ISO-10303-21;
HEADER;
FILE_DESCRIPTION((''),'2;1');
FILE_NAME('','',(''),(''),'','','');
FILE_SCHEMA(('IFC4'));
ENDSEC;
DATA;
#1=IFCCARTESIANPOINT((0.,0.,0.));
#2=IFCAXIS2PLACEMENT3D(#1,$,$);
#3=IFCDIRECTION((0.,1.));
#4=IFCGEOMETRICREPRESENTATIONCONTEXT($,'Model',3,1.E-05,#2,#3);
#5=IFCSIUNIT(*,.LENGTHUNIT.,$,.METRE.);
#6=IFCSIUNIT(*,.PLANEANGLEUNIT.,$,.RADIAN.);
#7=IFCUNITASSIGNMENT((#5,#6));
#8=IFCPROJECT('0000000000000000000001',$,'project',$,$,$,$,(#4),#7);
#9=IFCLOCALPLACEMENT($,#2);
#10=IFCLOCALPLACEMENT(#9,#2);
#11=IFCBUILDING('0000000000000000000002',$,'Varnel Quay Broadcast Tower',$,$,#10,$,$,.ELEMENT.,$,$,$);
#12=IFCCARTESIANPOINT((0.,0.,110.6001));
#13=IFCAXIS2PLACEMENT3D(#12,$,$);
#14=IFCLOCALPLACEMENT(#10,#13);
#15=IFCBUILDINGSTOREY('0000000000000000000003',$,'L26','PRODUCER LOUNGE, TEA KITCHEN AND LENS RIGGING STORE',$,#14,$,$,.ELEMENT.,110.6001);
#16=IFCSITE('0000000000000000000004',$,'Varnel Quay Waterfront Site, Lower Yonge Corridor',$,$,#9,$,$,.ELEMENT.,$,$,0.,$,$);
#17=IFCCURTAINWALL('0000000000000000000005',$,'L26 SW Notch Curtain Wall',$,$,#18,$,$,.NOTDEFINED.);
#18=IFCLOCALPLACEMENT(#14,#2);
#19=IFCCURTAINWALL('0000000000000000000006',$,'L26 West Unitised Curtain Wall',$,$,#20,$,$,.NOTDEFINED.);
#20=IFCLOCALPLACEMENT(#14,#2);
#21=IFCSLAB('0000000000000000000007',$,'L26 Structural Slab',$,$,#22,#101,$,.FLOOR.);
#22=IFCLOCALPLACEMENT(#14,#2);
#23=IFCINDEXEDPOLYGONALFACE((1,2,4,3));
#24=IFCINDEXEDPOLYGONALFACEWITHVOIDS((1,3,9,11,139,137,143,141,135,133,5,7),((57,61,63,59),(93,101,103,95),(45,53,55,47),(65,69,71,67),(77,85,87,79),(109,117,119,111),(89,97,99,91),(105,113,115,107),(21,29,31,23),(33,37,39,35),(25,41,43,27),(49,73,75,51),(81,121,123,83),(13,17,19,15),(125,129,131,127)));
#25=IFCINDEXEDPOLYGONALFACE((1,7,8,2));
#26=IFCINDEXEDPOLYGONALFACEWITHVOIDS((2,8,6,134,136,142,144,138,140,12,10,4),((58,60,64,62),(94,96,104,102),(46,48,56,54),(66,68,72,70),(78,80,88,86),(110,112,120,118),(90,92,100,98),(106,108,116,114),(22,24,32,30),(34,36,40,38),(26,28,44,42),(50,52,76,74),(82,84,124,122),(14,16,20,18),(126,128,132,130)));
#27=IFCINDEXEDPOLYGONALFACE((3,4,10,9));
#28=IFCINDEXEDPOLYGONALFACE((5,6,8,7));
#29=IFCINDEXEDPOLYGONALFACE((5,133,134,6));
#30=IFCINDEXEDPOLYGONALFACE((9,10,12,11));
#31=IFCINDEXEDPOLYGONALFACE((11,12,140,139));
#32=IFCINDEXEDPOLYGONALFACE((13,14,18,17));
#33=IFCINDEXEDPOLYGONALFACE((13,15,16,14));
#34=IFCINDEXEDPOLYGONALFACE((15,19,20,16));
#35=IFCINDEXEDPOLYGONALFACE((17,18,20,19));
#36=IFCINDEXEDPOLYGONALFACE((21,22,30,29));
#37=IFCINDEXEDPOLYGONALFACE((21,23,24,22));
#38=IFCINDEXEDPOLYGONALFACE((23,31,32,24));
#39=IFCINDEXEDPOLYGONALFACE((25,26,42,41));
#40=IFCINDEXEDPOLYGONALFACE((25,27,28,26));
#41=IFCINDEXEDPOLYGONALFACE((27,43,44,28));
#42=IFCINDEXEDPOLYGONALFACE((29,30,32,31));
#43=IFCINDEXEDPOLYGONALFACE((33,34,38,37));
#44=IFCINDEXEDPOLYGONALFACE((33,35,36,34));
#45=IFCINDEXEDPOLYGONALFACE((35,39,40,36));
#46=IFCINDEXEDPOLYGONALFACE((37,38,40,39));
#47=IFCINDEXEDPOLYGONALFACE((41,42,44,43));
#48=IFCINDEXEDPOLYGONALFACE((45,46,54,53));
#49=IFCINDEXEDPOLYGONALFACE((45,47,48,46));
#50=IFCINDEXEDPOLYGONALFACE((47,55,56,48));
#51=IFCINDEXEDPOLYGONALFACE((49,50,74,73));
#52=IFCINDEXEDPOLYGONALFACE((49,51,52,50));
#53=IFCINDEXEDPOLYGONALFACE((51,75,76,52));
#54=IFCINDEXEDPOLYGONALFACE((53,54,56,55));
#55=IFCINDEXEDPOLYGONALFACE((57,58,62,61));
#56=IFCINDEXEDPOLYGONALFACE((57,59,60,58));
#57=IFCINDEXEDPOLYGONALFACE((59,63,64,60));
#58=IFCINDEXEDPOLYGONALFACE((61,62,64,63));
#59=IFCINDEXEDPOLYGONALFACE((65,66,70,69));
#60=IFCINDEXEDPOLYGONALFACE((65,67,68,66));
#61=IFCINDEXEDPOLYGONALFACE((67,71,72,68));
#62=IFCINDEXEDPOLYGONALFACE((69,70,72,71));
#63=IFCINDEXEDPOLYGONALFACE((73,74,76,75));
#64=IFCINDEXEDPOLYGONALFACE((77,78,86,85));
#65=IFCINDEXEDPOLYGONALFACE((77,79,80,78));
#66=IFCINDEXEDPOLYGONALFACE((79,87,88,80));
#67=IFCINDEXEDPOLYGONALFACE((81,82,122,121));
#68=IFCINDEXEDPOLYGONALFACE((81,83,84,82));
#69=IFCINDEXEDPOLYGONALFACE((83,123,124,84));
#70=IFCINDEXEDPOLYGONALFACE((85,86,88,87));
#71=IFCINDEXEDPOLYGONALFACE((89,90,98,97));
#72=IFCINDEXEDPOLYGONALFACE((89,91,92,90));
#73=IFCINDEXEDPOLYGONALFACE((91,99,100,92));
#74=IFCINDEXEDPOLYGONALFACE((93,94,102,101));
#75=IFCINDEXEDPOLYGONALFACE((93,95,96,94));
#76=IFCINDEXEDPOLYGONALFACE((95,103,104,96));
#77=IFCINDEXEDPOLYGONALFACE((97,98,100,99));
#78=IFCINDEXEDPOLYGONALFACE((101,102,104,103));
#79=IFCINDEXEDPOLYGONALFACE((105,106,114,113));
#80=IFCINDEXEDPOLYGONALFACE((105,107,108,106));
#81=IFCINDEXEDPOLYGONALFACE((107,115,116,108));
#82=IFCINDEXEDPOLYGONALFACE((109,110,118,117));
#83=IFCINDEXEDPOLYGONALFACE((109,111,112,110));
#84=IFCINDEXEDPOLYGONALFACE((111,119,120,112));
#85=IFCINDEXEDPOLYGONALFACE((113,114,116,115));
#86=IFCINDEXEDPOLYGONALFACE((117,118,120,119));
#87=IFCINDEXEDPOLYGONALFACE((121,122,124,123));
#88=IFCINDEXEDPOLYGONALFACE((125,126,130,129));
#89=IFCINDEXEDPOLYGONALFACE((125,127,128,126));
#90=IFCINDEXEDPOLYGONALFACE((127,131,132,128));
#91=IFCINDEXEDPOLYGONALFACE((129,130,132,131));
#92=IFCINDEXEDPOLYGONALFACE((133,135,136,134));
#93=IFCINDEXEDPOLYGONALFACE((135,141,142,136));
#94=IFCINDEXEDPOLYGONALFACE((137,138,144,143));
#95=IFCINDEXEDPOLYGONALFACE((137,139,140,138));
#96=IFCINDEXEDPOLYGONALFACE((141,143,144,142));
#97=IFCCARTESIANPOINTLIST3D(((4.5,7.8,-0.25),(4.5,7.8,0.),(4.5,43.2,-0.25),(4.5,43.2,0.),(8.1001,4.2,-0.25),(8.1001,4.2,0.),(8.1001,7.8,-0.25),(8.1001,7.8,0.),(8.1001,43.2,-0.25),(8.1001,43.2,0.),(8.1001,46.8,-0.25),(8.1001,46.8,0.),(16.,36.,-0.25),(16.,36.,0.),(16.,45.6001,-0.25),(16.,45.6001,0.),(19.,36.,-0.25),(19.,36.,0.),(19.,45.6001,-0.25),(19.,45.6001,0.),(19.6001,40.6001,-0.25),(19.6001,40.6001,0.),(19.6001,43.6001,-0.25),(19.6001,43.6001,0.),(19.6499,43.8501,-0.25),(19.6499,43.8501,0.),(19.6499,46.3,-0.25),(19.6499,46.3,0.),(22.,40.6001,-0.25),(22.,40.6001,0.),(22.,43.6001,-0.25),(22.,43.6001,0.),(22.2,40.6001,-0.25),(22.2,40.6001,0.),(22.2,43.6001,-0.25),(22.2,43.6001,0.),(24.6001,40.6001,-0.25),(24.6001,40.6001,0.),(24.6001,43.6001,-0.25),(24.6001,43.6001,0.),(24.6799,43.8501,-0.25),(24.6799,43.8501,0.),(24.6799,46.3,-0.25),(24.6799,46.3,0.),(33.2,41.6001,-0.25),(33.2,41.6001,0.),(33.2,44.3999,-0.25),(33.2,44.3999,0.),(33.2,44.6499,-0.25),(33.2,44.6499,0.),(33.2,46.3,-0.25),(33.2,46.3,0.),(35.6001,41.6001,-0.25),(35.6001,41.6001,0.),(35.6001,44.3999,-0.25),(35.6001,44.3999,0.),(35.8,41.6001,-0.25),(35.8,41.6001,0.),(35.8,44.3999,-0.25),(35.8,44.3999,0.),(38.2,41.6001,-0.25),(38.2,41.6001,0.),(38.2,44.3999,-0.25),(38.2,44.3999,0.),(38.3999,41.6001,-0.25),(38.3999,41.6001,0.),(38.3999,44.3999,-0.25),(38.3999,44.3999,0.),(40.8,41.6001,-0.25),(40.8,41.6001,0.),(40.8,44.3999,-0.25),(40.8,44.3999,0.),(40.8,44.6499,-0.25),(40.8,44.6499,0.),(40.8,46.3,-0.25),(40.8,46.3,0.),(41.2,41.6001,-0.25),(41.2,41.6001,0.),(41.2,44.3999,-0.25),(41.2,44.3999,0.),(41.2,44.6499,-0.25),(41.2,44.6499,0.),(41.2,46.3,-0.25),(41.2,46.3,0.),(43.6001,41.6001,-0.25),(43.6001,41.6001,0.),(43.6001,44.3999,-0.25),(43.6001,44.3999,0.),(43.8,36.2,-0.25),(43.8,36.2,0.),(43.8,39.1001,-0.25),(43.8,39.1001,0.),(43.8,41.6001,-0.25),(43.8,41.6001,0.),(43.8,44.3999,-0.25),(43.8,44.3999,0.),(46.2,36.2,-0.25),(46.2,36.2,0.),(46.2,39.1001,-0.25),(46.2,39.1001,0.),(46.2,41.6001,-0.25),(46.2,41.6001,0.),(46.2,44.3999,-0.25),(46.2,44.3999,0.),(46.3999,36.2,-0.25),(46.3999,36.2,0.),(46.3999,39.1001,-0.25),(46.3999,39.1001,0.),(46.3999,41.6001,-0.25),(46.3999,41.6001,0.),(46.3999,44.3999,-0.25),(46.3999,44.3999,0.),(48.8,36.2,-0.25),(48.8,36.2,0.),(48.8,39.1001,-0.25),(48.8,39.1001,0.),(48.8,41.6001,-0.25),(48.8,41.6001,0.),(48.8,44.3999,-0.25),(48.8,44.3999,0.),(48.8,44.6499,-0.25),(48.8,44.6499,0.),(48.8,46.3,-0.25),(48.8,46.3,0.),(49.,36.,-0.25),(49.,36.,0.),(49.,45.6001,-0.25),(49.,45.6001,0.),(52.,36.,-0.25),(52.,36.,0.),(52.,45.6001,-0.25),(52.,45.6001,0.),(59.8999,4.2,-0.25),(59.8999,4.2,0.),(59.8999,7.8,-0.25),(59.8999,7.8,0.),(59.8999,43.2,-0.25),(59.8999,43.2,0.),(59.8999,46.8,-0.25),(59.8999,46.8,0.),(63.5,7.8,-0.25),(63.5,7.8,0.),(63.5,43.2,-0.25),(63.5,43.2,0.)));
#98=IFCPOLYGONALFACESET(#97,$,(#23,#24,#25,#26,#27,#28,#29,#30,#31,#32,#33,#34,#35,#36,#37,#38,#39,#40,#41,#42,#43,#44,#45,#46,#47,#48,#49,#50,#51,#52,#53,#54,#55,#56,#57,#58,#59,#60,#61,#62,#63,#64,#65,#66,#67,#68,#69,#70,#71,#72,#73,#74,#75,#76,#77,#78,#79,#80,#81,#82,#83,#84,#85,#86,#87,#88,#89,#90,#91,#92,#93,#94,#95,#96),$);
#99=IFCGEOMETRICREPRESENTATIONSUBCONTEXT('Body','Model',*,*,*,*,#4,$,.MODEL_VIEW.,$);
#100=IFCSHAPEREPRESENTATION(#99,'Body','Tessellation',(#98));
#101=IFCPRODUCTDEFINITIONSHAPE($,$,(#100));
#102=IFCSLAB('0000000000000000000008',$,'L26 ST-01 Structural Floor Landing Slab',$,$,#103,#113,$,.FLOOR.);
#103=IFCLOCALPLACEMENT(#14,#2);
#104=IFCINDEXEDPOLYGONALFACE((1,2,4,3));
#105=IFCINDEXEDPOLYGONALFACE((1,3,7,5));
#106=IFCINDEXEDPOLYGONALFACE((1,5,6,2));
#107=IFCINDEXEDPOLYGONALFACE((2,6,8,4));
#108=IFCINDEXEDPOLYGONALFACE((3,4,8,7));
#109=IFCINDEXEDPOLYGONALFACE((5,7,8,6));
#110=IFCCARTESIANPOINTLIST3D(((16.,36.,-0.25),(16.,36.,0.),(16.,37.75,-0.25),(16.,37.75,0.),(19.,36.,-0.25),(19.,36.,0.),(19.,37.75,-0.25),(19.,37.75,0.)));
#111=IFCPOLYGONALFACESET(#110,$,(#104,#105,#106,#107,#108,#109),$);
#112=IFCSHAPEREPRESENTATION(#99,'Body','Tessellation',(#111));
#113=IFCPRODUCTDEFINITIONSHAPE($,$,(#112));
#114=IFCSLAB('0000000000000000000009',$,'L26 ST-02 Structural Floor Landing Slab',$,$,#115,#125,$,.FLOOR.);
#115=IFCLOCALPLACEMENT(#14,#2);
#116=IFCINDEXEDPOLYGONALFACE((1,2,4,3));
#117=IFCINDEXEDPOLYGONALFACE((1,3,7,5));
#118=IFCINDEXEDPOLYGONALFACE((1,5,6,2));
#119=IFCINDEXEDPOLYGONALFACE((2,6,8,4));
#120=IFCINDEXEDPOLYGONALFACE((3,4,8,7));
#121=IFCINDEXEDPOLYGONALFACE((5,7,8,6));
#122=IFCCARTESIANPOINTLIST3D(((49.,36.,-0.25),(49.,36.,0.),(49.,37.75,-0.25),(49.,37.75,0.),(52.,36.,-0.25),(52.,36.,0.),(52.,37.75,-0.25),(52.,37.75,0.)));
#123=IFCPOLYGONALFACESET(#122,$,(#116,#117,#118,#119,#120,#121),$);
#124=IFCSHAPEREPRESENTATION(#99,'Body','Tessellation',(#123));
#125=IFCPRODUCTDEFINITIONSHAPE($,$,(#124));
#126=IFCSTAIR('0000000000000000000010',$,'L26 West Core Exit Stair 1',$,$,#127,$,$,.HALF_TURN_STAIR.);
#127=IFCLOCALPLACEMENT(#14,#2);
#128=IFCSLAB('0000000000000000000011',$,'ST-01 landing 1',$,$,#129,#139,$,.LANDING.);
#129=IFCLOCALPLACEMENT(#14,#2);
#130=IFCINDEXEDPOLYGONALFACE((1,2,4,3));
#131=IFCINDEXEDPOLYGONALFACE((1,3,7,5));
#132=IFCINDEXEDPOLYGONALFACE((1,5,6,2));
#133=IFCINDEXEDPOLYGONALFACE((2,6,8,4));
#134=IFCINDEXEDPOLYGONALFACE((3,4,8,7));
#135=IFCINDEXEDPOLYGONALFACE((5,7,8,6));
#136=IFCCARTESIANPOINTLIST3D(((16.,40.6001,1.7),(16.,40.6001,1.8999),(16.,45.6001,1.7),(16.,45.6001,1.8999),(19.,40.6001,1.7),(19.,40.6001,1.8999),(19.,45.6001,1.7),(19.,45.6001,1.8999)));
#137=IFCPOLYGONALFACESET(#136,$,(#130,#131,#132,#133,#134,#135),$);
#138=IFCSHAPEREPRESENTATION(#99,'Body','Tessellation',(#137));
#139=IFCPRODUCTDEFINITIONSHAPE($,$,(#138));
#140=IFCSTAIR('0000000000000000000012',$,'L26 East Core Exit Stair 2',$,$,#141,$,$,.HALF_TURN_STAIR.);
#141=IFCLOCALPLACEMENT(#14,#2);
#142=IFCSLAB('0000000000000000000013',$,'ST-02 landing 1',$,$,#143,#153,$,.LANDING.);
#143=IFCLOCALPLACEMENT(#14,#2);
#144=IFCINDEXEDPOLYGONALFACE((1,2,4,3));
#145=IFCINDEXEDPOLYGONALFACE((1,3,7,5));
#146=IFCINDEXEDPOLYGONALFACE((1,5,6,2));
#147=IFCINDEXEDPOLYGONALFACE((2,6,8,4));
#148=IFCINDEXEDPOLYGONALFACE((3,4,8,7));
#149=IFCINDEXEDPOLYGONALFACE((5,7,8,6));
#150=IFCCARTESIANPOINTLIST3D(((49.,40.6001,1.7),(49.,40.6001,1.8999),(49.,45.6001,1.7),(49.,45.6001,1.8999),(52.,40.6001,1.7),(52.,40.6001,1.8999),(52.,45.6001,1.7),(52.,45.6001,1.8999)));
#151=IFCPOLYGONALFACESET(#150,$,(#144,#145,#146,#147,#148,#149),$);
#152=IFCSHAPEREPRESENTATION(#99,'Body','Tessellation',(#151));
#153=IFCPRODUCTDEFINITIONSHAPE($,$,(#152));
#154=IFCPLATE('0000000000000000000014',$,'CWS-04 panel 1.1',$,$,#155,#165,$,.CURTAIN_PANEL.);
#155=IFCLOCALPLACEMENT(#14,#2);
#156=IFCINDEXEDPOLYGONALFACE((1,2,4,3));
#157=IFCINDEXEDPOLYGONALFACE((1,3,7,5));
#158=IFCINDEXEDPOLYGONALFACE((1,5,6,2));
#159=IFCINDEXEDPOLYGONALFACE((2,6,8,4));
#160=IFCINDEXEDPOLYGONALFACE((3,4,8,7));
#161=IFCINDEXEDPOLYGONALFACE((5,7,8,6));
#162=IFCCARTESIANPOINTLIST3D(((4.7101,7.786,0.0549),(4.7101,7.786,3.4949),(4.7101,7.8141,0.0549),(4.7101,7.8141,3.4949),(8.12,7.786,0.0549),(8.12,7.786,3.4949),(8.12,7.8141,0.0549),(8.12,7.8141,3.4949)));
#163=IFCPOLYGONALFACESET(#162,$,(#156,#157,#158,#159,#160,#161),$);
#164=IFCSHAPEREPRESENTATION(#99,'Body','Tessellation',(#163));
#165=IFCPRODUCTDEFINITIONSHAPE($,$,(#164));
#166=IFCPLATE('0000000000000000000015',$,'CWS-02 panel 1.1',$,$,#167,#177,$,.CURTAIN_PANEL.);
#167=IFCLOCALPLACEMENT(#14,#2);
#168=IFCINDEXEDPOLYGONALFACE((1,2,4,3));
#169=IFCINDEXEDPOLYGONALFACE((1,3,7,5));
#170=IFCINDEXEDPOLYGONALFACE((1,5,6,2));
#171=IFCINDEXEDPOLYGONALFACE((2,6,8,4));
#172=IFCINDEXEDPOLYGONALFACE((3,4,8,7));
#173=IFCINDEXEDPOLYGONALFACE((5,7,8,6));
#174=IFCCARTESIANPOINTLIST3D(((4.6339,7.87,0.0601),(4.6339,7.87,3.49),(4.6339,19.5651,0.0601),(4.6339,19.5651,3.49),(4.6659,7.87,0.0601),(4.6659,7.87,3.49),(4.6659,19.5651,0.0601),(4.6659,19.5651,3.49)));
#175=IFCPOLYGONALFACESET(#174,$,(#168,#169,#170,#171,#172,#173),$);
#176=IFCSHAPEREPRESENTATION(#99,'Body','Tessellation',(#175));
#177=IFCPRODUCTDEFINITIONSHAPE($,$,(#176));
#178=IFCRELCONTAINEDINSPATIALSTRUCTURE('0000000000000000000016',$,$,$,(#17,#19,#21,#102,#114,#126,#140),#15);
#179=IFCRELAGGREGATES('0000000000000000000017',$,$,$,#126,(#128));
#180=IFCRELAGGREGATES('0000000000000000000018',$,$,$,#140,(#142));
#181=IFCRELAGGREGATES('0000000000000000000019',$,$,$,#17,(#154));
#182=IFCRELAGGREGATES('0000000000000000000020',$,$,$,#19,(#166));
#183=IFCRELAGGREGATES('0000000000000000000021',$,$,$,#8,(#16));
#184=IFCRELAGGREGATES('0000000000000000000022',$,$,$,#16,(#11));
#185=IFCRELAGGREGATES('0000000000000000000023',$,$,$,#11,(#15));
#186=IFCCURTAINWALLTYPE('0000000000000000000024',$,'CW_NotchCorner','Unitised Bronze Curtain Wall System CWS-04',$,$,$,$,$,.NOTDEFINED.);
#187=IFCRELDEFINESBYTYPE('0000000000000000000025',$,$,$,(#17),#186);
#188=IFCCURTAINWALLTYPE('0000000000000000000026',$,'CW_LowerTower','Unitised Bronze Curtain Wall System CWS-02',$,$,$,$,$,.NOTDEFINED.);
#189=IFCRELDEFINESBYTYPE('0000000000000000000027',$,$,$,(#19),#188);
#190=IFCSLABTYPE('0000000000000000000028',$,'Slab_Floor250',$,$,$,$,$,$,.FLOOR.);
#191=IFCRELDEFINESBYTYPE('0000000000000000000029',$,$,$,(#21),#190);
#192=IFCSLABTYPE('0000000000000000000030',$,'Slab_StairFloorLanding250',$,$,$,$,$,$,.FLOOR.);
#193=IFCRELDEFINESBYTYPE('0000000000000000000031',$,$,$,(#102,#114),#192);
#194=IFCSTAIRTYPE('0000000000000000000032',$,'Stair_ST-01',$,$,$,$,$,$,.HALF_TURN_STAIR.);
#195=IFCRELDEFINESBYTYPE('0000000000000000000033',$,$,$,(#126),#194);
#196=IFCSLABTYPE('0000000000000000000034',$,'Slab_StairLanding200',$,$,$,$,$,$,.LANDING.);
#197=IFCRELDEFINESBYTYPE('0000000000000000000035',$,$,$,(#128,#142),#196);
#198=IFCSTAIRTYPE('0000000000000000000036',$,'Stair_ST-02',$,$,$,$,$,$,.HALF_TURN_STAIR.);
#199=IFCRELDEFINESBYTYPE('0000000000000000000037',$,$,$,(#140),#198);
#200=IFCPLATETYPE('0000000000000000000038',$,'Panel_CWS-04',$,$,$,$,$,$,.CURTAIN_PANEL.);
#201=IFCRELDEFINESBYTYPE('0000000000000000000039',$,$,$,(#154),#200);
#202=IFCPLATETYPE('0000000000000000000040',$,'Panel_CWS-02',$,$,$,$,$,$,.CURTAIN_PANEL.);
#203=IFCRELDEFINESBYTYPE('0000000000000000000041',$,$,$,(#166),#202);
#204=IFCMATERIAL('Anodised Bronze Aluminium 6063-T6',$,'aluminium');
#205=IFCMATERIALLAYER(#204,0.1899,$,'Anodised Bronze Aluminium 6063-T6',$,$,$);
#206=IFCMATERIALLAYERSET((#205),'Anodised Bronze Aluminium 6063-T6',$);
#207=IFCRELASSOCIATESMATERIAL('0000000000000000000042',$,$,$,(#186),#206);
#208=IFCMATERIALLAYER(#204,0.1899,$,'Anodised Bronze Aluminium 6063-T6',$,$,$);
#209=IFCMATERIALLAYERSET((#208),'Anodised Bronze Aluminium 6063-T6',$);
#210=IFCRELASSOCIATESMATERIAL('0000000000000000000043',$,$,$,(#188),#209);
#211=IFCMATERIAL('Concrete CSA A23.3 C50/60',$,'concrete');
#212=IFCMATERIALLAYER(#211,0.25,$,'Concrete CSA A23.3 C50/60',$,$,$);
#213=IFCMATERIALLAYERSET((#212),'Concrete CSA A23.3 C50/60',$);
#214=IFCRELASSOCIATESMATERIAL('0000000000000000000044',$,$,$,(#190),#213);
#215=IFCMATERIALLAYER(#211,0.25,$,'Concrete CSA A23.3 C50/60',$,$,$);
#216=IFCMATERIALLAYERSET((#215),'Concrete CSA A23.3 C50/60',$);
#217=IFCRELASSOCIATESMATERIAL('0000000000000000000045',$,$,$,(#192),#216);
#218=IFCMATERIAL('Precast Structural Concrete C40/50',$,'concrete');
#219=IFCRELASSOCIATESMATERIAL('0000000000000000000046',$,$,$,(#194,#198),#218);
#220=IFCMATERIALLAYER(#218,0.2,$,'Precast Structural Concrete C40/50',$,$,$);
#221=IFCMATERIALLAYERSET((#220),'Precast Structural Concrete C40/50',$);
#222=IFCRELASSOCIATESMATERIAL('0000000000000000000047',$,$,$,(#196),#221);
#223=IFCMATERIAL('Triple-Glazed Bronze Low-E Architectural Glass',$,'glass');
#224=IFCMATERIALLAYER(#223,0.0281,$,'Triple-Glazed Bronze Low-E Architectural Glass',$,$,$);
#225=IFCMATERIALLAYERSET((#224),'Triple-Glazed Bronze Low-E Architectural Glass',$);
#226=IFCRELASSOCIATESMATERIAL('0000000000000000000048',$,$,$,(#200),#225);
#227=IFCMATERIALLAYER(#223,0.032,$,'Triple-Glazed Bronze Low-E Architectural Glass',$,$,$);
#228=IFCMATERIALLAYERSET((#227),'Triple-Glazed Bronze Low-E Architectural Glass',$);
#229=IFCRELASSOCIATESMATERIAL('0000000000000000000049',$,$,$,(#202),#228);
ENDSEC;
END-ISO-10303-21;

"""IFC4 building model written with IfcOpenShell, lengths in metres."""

from ifc_helpers import new_model, si_unit, direction, frame, origin, origin_2d, place, context, subcontext, project, spatial, polyline, rectangle, outline, extrude, source, transform, mapped, material, layer, layer_set, type_object, type_shapes, element, aggregate, save


model = new_model("IFC4")

# Units and contexts
model_context = context("Model", 3, precision=1e-05, world=origin(), true_north=direction((0.0, 1.0)))
body_context = subcontext(model_context, "Body", "Model", "MODEL_VIEW")
ifc_project = project(units=[si_unit("LENGTHUNIT", "METRE"), si_unit("PLANEANGLEUNIT", "RADIAN")], contexts=[model_context])

# Site, building, storey
site_placement = place(None, origin())
site = spatial("IfcSite", under=ifc_project, at=site_placement, Name="Varnel Quay Waterfront Site, Lower Yonge Corridor", CompositionType="ELEMENT", RefElevation=0.0)
building_placement = place(site_placement, origin())
building = spatial("IfcBuilding", under=site, at=building_placement, Name="Varnel Quay Broadcast Tower", CompositionType="ELEMENT")
storey_placement = place(building_placement, frame((0.0, 0.0, 110.6001)))
storey = spatial("IfcBuildingStorey", under=building, at=storey_placement, Name="L26", Description="PRODUCER LOUNGE, TEA KITCHEN AND LENS RIGGING STORE", CompositionType="ELEMENT", Elevation=110.6001)

# Curtain walls
ifc_material_1 = material(Name="Anodised Bronze Aluminium 6063-T6", Category="aluminium")
ifc_layer_1 = layer(ifc_material_1, 0.1899, Name="Anodised Bronze Aluminium 6063-T6")
ifc_layer_set_1 = layer_set([ifc_layer_1], Name="Anodised Bronze Aluminium 6063-T6")
curtain_wall_type_1 = type_object("IfcCurtainWallType", Name="CW_NotchCorner", Description="Unitised Bronze Curtain Wall System CWS-04", PredefinedType="NOTDEFINED", material=ifc_layer_set_1)
curtain_wall_1_placement = place(storey_placement, origin())
curtain_wall_1 = element("IfcCurtainWall", 1, at=curtain_wall_1_placement, inside=storey, type_object=curtain_wall_type_1, Name="L26 SW Notch Curtain Wall", PredefinedType="NOTDEFINED")
ifc_layer_2 = layer(ifc_material_1, 0.1899, Name="Anodised Bronze Aluminium 6063-T6")
ifc_layer_set_2 = layer_set([ifc_layer_2], Name="Anodised Bronze Aluminium 6063-T6")
curtain_wall_type_2 = type_object("IfcCurtainWallType", Name="CW_LowerTower", Description="Unitised Bronze Curtain Wall System CWS-02", PredefinedType="NOTDEFINED", material=ifc_layer_set_2)
curtain_wall_2_placement = place(storey_placement, origin())
curtain_wall_2 = element("IfcCurtainWall", 2, at=curtain_wall_2_placement, inside=storey, type_object=curtain_wall_type_2, Name="L26 West Unitised Curtain Wall", PredefinedType="NOTDEFINED")

# Slabs
ifc_material_2 = material(Name="Concrete CSA A23.3 C50/60", Category="concrete")
ifc_layer_3 = layer(ifc_material_2, 0.25, Name="Concrete CSA A23.3 C50/60")
ifc_layer_set_3 = layer_set([ifc_layer_3], Name="Concrete CSA A23.3 C50/60")
slab_type_1 = type_object("IfcSlabType", Name="Slab_Floor250", PredefinedType="FLOOR", material=ifc_layer_set_3)
slab_1_placement = place(storey_placement, frame((0.0, 0.0, -0.25)))
element("IfcSlab", 3, at=slab_1_placement, inside=storey, type_object=slab_type_1, Name="L26 Structural Slab", PredefinedType="FLOOR", context=body_context, shape_type="SweptSolid", body=[
    extrude(outline(polyline([(8.1001, 4.2), (59.8999, 4.2), (59.8999, 7.8), (63.5, 7.8), (63.5, 43.2), (59.8999, 43.2), (59.8999, 46.8), (8.1001, 46.8), (8.1001, 43.2), (4.5, 43.2), (4.5, 7.8), (8.1001, 7.8), (8.1001, 4.2)]), holes=[polyline([(19.0, 36.0), (16.0, 36.0), (16.0, 45.6001), (19.0, 45.6001), (19.0, 36.0)]), polyline([(19.6001, 43.6001), (22.0, 43.6001), (22.0, 40.6001), (19.6001, 40.6001), (19.6001, 43.6001)]), polyline([(22.2, 43.6001), (24.6001, 43.6001), (24.6001, 40.6001), (22.2, 40.6001), (22.2, 43.6001)]), polyline([(33.2, 44.3999), (35.6001, 44.3999), (35.6001, 41.6001), (33.2, 41.6001), (33.2, 44.3999)]), polyline([(35.8, 44.3999), (38.2, 44.3999), (38.2, 41.6001), (35.8, 41.6001), (35.8, 44.3999)]), polyline([(38.3999, 44.3999), (40.8, 44.3999), (40.8, 41.6001), (38.3999, 41.6001), (38.3999, 44.3999)]), polyline([(19.6499, 46.3), (24.6799, 46.3), (24.6799, 43.8501), (19.6499, 43.8501), (19.6499, 46.3)]), polyline([(33.2, 46.3), (40.8, 46.3), (40.8, 44.6499), (33.2, 44.6499), (33.2, 46.3)]), polyline([(43.8, 39.1001), (46.2, 39.1001), (46.2, 36.2), (43.8, 36.2), (43.8, 39.1001)]), polyline([(46.3999, 39.1001), (48.8, 39.1001), (48.8, 36.2), (46.3999, 36.2), (46.3999, 39.1001)]), polyline([(49.0, 36.0), (49.0, 45.6001), (52.0, 45.6001), (52.0, 36.0), (49.0, 36.0)]), polyline([(41.2, 44.3999), (43.6001, 44.3999), (43.6001, 41.6001), (41.2, 41.6001), (41.2, 44.3999)]), polyline([(43.8, 44.3999), (46.2, 44.3999), (46.2, 41.6001), (43.8, 41.6001), (43.8, 44.3999)]), polyline([(46.3999, 44.3999), (48.8, 44.3999), (48.8, 41.6001), (46.3999, 41.6001), (46.3999, 44.3999)]), polyline([(41.2, 46.3), (48.8, 46.3), (48.8, 44.6499), (41.2, 44.6499), (41.2, 46.3)])]), origin(), (0.0, 0.0, 1.0), 0.25),
])
ifc_layer_4 = layer(ifc_material_2, 0.25, Name="Concrete CSA A23.3 C50/60")
ifc_layer_set_4 = layer_set([ifc_layer_4], Name="Concrete CSA A23.3 C50/60")
slab_type_2 = type_object("IfcSlabType", Name="Slab_StairFloorLanding250", PredefinedType="FLOOR", material=ifc_layer_set_4)
slab_2_placement = place(storey_placement, frame((0.0, 0.0, -0.25)))
element("IfcSlab", 4, at=slab_2_placement, inside=storey, type_object=slab_type_2, Name="L26 ST-01 Structural Floor Landing Slab", PredefinedType="FLOOR", context=body_context, shape_type="SweptSolid", body=[
    extrude(outline(polyline([(19.0, 36.0), (19.0, 37.75), (16.0, 37.75), (16.0, 36.0), (19.0, 36.0)])), origin(), (0.0, 0.0, 1.0), 0.25),
])
slab_3_placement = place(storey_placement, frame((0.0, 0.0, -0.25)))
element("IfcSlab", 5, at=slab_3_placement, inside=storey, type_object=slab_type_2, Name="L26 ST-02 Structural Floor Landing Slab", PredefinedType="FLOOR", context=body_context, shape_type="SweptSolid", body=[
    extrude(outline(polyline([(52.0, 36.0), (52.0, 37.75), (49.0, 37.75), (49.0, 36.0), (52.0, 36.0)])), origin(), (0.0, 0.0, 1.0), 0.25),
])

# Stairs, slabs
ifc_material_3 = material(Name="Precast Structural Concrete C40/50", Category="concrete")
stair_type_1 = type_object("IfcStairType", Name="Stair_ST-01", PredefinedType="HALF_TURN_STAIR", material=ifc_material_3)
stair_1_placement = place(storey_placement, origin())
stair_1 = element("IfcStair", 6, at=stair_1_placement, inside=storey, type_object=stair_type_1, Name="L26 West Core Exit Stair 1", PredefinedType="HALF_TURN_STAIR")
ifc_layer_5 = layer(ifc_material_3, 0.2, Name="Precast Structural Concrete C40/50")
ifc_layer_set_5 = layer_set([ifc_layer_5], Name="Precast Structural Concrete C40/50")
slab_type_3 = type_object("IfcSlabType", Name="Slab_StairLanding200", PredefinedType="LANDING", material=ifc_layer_set_5)
slab_4_placement = place(storey_placement, frame((0.0, 0.0, 1.7)))
slab_4 = element("IfcSlab", 7, at=slab_4_placement, type_object=slab_type_3, Name="ST-01 landing 1", PredefinedType="LANDING", context=body_context, shape_type="SweptSolid", body=[
    extrude(outline(polyline([(19.0, 40.6001), (19.0, 45.6001), (16.0, 45.6001), (16.0, 40.6001), (19.0, 40.6001)])), origin(), (0.0, 0.0, 1.0), 0.2),
])
aggregate(stair_1, [slab_4])
stair_type_2 = type_object("IfcStairType", Name="Stair_ST-02", PredefinedType="HALF_TURN_STAIR", material=ifc_material_3)
stair_2_placement = place(storey_placement, origin())
stair_2 = element("IfcStair", 8, at=stair_2_placement, inside=storey, type_object=stair_type_2, Name="L26 East Core Exit Stair 2", PredefinedType="HALF_TURN_STAIR")
slab_5_placement = place(storey_placement, frame((0.0, 0.0, 1.7)))
slab_5 = element("IfcSlab", 9, at=slab_5_placement, type_object=slab_type_3, Name="ST-02 landing 1", PredefinedType="LANDING", context=body_context, shape_type="SweptSolid", body=[
    extrude(outline(polyline([(52.0, 40.6001), (52.0, 45.6001), (49.0, 45.6001), (49.0, 40.6001), (52.0, 40.6001)])), origin(), (0.0, 0.0, 1.0), 0.2),
])
aggregate(stair_2, [slab_5])

# Plates
ifc_material_4 = material(Name="Triple-Glazed Bronze Low-E Architectural Glass", Category="glass")
ifc_layer_6 = layer(ifc_material_4, 0.0281, Name="Triple-Glazed Bronze Low-E Architectural Glass")
ifc_layer_set_6 = layer_set([ifc_layer_6], Name="Triple-Glazed Bronze Low-E Architectural Glass")
plate_type_1 = type_object("IfcPlateType", Name="Panel_CWS-04", PredefinedType="CURTAIN_PANEL", material=ifc_layer_set_6)
shared_shape_1 = source(origin(), body_context, "Body", "SweptSolid", [
    extrude(rectangle(XDim=3.4099, YDim=0.0281, at=origin_2d()), origin(), (0.0, 0.0, 1.0), 3.4399),
])
type_shapes(plate_type_1, [shared_shape_1])
plate_1_placement = place(storey_placement, frame((6.415, 7.8, 0.0549), z_axis=(0.0, 0.0, 1.0), x_axis=(1.0, 0.0, 0.0)))
plate_1 = element("IfcPlate", 10, at=plate_1_placement, type_object=plate_type_1, Name="CWS-04 panel 1.1", PredefinedType="CURTAIN_PANEL", context=body_context, shape_type="MappedRepresentation", body=[
    mapped(shared_shape_1, transform((0.0, 0.0, 0.0), x_axis=(1.0, 0.0, 0.0), y_axis=(0.0, 1.0, 0.0), z_axis=(0.0, 0.0, 1.0), scale=1.0)),
])
aggregate(curtain_wall_1, [plate_1])
ifc_layer_7 = layer(ifc_material_4, 0.032, Name="Triple-Glazed Bronze Low-E Architectural Glass")
ifc_layer_set_7 = layer_set([ifc_layer_7], Name="Triple-Glazed Bronze Low-E Architectural Glass")
plate_type_2 = type_object("IfcPlateType", Name="Panel_CWS-02", PredefinedType="CURTAIN_PANEL", material=ifc_layer_set_7)
shared_shape_2 = source(origin(), body_context, "Body", "SweptSolid", [
    extrude(rectangle(XDim=11.6951, YDim=0.032, at=origin_2d()), origin(), (0.0, 0.0, 1.0), 3.4299),
])
type_shapes(plate_type_2, [shared_shape_2])
plate_2_placement = place(storey_placement, frame((4.6499, 13.7175, 0.0601), z_axis=(0.0, 0.0, 1.0), x_axis=(0.0, 1.0, 0.0)))
plate_2 = element("IfcPlate", 11, at=plate_2_placement, type_object=plate_type_2, Name="CWS-02 panel 1.1", PredefinedType="CURTAIN_PANEL", context=body_context, shape_type="MappedRepresentation", body=[
    mapped(shared_shape_2, transform((0.0, 0.0, 0.0), x_axis=(1.0, 0.0, 0.0), y_axis=(0.0, 1.0, 0.0), z_axis=(0.0, 0.0, 1.0), scale=1.0)),
])
aggregate(curtain_wall_2, [plate_2])

save(model, "model.ifc")
